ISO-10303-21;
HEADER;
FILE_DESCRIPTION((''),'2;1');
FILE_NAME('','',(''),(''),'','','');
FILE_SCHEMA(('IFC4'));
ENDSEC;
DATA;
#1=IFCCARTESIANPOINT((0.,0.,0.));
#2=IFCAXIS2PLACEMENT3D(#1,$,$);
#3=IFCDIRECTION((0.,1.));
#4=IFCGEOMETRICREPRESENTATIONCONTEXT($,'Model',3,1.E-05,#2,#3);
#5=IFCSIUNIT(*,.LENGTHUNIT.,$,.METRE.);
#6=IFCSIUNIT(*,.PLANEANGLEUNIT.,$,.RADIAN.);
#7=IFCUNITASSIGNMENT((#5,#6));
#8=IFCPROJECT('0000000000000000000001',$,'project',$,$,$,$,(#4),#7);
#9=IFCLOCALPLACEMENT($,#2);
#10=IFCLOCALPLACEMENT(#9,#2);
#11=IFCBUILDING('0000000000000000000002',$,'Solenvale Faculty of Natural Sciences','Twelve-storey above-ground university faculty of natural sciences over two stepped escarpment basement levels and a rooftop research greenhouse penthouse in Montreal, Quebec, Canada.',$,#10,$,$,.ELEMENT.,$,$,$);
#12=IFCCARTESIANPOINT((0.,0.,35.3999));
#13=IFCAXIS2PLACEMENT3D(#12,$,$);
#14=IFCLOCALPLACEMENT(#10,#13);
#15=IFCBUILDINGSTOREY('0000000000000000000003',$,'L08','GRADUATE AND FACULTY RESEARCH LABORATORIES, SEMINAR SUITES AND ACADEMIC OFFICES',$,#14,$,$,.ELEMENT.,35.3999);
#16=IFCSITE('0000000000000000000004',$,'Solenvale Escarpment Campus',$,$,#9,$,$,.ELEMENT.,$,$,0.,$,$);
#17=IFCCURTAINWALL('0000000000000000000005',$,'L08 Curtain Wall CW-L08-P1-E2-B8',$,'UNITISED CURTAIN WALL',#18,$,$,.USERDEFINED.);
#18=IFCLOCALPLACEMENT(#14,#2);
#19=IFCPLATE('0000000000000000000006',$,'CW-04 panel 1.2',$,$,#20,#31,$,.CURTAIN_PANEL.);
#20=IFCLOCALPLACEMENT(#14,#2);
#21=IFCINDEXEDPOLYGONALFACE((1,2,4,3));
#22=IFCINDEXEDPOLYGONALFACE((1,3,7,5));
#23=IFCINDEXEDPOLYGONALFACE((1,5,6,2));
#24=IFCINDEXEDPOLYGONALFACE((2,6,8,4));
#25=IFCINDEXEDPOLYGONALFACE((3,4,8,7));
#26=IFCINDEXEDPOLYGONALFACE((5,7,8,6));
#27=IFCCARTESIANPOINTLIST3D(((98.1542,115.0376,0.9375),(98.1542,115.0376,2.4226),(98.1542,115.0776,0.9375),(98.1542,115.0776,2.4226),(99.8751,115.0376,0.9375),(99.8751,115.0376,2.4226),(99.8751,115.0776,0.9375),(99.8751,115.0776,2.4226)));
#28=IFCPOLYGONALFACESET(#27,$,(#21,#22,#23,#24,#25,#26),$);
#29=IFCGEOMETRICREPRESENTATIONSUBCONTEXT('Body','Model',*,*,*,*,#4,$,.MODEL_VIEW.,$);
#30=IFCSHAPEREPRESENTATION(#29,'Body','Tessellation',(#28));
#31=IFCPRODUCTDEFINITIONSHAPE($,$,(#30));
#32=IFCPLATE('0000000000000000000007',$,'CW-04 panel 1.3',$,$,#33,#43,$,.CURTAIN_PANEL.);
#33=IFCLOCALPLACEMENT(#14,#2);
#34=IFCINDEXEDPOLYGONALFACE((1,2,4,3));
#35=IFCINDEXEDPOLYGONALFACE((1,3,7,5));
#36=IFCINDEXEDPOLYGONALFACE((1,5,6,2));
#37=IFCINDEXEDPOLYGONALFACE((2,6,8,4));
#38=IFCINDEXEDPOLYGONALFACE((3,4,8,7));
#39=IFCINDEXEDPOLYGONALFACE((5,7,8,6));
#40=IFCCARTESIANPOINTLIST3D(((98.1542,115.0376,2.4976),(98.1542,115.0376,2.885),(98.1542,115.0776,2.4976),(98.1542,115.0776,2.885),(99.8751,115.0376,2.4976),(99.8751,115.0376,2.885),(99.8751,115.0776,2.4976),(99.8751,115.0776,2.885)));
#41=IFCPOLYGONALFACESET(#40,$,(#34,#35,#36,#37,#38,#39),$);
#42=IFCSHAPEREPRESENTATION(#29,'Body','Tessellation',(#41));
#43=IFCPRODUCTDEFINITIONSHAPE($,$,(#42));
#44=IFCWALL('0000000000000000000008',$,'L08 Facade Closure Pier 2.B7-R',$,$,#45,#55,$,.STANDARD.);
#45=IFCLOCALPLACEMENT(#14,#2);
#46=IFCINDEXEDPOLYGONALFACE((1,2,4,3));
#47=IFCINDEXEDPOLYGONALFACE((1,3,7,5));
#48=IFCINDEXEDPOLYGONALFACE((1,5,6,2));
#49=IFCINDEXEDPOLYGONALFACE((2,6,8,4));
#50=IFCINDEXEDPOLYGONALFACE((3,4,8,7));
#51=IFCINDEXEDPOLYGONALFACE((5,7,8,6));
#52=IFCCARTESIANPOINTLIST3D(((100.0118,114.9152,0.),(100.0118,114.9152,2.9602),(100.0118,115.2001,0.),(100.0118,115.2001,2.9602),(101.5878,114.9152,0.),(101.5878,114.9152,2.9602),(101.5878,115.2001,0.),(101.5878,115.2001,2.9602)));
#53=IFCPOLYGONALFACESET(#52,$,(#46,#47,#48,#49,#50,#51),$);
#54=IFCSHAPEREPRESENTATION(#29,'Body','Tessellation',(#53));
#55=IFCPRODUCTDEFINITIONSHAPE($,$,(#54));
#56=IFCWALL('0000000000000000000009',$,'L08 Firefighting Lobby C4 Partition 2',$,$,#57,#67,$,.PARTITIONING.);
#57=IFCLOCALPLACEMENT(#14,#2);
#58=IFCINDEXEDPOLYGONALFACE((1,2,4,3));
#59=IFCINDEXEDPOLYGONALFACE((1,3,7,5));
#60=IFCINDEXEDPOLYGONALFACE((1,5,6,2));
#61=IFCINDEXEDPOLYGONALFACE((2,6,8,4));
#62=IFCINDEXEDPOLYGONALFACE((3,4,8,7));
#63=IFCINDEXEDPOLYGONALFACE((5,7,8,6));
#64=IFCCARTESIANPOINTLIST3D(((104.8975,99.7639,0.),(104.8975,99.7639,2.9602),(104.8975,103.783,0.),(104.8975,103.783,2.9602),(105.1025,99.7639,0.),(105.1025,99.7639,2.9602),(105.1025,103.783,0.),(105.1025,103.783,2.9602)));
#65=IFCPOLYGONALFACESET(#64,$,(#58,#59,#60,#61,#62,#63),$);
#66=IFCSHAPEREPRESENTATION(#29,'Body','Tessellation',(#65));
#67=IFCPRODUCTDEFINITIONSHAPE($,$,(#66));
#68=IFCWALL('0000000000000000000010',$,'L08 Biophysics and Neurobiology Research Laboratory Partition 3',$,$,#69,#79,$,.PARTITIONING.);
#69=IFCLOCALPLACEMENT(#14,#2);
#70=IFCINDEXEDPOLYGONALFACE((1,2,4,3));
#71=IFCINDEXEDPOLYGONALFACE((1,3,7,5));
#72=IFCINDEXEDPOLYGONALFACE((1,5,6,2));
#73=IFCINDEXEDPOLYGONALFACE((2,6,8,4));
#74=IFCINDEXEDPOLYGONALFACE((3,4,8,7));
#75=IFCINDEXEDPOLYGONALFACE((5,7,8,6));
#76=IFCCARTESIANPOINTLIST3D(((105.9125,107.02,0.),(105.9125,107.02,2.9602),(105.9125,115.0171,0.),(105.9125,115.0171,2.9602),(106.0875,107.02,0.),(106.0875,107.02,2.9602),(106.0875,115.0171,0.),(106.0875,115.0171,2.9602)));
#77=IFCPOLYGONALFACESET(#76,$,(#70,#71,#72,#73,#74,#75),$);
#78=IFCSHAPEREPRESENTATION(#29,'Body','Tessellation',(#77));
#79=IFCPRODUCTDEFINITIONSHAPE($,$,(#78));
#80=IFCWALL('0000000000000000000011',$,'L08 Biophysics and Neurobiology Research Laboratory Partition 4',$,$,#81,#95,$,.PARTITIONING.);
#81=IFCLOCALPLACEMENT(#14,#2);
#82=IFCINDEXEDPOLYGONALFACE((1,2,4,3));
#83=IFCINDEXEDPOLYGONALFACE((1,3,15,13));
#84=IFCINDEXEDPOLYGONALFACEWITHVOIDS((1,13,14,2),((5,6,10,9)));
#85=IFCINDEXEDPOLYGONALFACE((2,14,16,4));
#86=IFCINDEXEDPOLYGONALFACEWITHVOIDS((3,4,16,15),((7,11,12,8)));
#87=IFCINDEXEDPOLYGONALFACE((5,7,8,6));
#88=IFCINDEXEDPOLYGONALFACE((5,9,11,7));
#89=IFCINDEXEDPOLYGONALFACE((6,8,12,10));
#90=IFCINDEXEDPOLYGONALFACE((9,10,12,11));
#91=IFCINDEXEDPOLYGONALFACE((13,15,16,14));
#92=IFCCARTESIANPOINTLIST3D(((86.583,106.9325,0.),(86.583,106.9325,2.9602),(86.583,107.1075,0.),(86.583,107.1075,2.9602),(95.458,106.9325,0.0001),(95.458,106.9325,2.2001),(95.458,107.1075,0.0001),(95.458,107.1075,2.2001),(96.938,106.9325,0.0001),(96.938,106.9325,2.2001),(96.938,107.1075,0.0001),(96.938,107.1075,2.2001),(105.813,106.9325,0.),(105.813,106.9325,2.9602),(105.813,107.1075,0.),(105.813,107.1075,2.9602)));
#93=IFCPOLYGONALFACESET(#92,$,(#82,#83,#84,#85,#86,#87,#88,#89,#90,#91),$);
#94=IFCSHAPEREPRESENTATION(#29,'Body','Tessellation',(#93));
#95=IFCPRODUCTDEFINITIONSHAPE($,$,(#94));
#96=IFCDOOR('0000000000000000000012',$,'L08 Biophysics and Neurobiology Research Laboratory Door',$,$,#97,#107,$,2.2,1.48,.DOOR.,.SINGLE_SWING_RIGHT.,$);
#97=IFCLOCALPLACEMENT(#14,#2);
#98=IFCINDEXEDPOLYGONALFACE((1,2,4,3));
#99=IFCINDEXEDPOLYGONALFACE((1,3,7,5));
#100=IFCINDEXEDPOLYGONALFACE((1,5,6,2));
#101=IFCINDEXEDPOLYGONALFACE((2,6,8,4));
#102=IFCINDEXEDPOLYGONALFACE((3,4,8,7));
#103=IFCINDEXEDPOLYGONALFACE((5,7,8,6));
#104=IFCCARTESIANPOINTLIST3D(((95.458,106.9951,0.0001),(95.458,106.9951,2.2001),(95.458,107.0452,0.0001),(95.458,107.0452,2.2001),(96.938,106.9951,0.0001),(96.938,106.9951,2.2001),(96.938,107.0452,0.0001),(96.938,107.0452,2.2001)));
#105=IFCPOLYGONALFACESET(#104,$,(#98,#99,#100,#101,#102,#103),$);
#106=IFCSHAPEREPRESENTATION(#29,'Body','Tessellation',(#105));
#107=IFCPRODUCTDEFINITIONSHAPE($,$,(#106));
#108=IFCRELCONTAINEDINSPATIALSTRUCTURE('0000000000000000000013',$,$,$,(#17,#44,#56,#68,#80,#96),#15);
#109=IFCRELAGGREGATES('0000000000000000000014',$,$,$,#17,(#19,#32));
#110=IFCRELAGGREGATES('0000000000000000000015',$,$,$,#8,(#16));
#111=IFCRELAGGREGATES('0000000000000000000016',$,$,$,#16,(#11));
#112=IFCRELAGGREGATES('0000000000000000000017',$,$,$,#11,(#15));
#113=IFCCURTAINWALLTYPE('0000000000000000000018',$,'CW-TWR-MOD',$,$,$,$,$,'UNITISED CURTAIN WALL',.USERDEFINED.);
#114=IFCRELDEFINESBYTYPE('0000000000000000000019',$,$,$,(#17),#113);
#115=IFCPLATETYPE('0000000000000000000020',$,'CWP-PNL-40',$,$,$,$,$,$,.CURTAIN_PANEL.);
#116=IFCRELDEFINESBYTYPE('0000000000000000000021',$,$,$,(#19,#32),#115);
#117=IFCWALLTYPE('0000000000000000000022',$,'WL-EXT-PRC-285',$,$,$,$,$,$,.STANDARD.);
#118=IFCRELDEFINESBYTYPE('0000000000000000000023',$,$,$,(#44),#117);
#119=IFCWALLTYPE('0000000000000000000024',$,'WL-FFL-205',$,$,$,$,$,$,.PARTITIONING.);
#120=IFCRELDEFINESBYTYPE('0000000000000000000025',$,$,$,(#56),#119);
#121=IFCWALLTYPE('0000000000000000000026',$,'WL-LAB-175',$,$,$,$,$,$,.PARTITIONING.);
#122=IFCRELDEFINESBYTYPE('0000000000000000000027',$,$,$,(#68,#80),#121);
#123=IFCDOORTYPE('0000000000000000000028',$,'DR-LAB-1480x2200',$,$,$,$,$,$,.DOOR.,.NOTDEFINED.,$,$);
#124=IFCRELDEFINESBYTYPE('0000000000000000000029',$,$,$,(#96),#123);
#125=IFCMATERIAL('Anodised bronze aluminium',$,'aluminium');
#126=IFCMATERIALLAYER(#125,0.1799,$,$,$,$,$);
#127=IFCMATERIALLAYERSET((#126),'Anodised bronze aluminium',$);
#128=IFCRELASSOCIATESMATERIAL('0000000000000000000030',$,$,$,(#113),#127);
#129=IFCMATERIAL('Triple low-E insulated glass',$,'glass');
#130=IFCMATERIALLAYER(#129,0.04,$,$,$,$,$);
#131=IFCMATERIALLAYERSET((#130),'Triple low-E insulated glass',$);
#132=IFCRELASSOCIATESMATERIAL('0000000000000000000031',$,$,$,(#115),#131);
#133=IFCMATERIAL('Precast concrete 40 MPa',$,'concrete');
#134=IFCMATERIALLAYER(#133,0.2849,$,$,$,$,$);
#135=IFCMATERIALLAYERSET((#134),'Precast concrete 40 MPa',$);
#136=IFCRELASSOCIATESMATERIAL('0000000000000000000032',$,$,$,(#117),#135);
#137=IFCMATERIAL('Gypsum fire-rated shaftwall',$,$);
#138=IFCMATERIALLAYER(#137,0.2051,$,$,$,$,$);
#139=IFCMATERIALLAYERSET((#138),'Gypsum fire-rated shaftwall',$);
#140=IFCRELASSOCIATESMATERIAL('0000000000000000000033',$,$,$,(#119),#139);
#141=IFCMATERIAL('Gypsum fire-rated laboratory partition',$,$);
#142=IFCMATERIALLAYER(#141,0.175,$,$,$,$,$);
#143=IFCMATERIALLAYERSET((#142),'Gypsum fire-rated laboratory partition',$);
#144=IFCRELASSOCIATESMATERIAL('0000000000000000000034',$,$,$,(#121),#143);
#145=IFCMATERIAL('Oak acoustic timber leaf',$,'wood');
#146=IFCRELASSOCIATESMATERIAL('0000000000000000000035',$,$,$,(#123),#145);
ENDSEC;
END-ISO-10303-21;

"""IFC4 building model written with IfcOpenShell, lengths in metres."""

from ifc_helpers import new_model, si_unit, direction, frame, frame_2d, origin, origin_2d, place, context, subcontext, project, spatial, rectangle, extrude, material, layer, layer_set, type_object, element, fill, aggregate, save


model = new_model("IFC4")

# Units and contexts
model_context = context("Model", 3, precision=1e-05, world=origin(), true_north=direction((0.0, 1.0)))
body_context = subcontext(model_context, "Body", "Model", "MODEL_VIEW")
ifc_project = project(units=[si_unit("LENGTHUNIT", "METRE"), si_unit("PLANEANGLEUNIT", "RADIAN")], contexts=[model_context])

# Site, building, storey
site_placement = place(None, origin())
site = spatial("IfcSite", under=ifc_project, at=site_placement, Name="Solenvale Escarpment Campus", CompositionType="ELEMENT", RefElevation=0.0)
building_placement = place(site_placement, origin())
building = spatial("IfcBuilding", under=site, at=building_placement, Name="Solenvale Faculty of Natural Sciences", Description="Twelve-storey above-ground university faculty of natural sciences over two stepped escarpment basement levels and a rooftop research greenhouse penthouse in Montreal, Quebec, Canada.", CompositionType="ELEMENT")
storey_placement = place(building_placement, frame((0.0, 0.0, 35.3999)))
storey = spatial("IfcBuildingStorey", under=building, at=storey_placement, Name="L08", Description="GRADUATE AND FACULTY RESEARCH LABORATORIES, SEMINAR SUITES AND ACADEMIC OFFICES", CompositionType="ELEMENT", Elevation=35.3999)

# Shared definitions
ifc_material_1 = material(Name="Anodised bronze aluminium", Category="aluminium")
ifc_layer_1 = layer(ifc_material_1, 0.1799)
ifc_layer_set_1 = layer_set([ifc_layer_1], Name="Anodised bronze aluminium")
curtain_wall_type = type_object("IfcCurtainWallType", Name="CW-TWR-MOD", ElementType="UNITISED CURTAIN WALL", PredefinedType="USERDEFINED", material=ifc_layer_set_1)

# Curtain wall, plates
curtain_wall_1_placement = place(storey_placement, origin())
curtain_wall_1 = element("IfcCurtainWall", 1, at=curtain_wall_1_placement, inside=storey, type_object=curtain_wall_type, Name="L08 Curtain Wall CW-L08-P1-E2-B8", ObjectType="UNITISED CURTAIN WALL", PredefinedType="USERDEFINED")
ifc_material_2 = material(Name="Triple low-E insulated glass", Category="glass")
ifc_layer_2 = layer(ifc_material_2, 0.04)
ifc_layer_set_2 = layer_set([ifc_layer_2], Name="Triple low-E insulated glass")
plate_type = type_object("IfcPlateType", Name="CWP-PNL-40", PredefinedType="CURTAIN_PANEL", material=ifc_layer_set_2)
plate_1_placement = place(storey_placement, frame((99.0146, 115.0576, 0.9375), z_axis=(0.0, 0.0, 1.0), x_axis=(-1.0, 0.0, 0.0)))
plate_1 = element("IfcPlate", 2, at=plate_1_placement, type_object=plate_type, Name="CW-04 panel 1.2", PredefinedType="CURTAIN_PANEL", context=body_context, shape_type="SweptSolid", body=[
    extrude(rectangle(XDim=1.7209, YDim=0.04, at=origin_2d()), origin(), (0.0, 0.0, 1.0), 1.4851),
])
plate_2_placement = place(storey_placement, frame((99.0146, 115.0576, 2.4976), z_axis=(0.0, 0.0, 1.0), x_axis=(-1.0, 0.0, 0.0)))
plate_2 = element("IfcPlate", 3, at=plate_2_placement, type_object=plate_type, Name="CW-04 panel 1.3", PredefinedType="CURTAIN_PANEL", context=body_context, shape_type="SweptSolid", body=[
    extrude(rectangle(XDim=1.7209, YDim=0.04, at=origin_2d()), origin(), (0.0, 0.0, 1.0), 0.3875),
])
aggregate(curtain_wall_1, [plate_1, plate_2])

# Wall
ifc_material_3 = material(Name="Precast concrete 40 MPa", Category="concrete")
ifc_layer_3 = layer(ifc_material_3, 0.2849)
ifc_layer_set_3 = layer_set([ifc_layer_3], Name="Precast concrete 40 MPa")
wall_type_1 = type_object("IfcWallType", Name="WL-EXT-PRC-285", PredefinedType="STANDARD", material=ifc_layer_set_3)
wall_1_placement = place(storey_placement, frame((101.5879, 115.0576, 0.0), z_axis=(0.0, 0.0, 1.0), x_axis=(-1.0, 0.0, 0.0)))
element("IfcWall", 4, at=wall_1_placement, inside=storey, type_object=wall_type_1, Name="L08 Facade Closure Pier 2.B7-R", PredefinedType="STANDARD", context=body_context, shape_type="SweptSolid", body=[
    extrude(rectangle(XDim=1.5759, YDim=0.2849, at=frame_2d((0.7881, 0.0))), origin(), (0.0, 0.0, 1.0), 2.9602),
])

# Shared definitions
ifc_material_4 = material(Name="Gypsum fire-rated shaftwall")
ifc_layer_4 = layer(ifc_material_4, 0.2051)
ifc_layer_set_4 = layer_set([ifc_layer_4], Name="Gypsum fire-rated shaftwall")
wall_type_2 = type_object("IfcWallType", Name="WL-FFL-205", PredefinedType="PARTITIONING", material=ifc_layer_set_4)

# Walls
wall_2_placement = place(storey_placement, frame((105.0, 103.783, 0.0), z_axis=(0.0, 0.0, 1.0), x_axis=(0.0, -1.0, 0.0)))
element("IfcWall", 5, at=wall_2_placement, inside=storey, type_object=wall_type_2, Name="L08 Firefighting Lobby C4 Partition 2", PredefinedType="PARTITIONING", context=body_context, shape_type="SweptSolid", body=[
    extrude(rectangle(XDim=4.019, YDim=0.2051, at=frame_2d((2.0095, 0.0))), origin(), (0.0, 0.0, 1.0), 2.9602),
])
ifc_material_5 = material(Name="Gypsum fire-rated laboratory partition")
ifc_layer_5 = layer(ifc_material_5, 0.175)
ifc_layer_set_5 = layer_set([ifc_layer_5], Name="Gypsum fire-rated laboratory partition")
wall_type_3 = type_object("IfcWallType", Name="WL-LAB-175", PredefinedType="PARTITIONING", material=ifc_layer_set_5)
wall_3_placement = place(storey_placement, frame((106.0, 115.0171, 0.0), z_axis=(0.0, 0.0, 1.0), x_axis=(0.0, -1.0, 0.0)))
element("IfcWall", 6, at=wall_3_placement, inside=storey, type_object=wall_type_3, Name="L08 Biophysics and Neurobiology Research Laboratory Partition 3", PredefinedType="PARTITIONING", context=body_context, shape_type="SweptSolid", body=[
    extrude(rectangle(XDim=7.9971, YDim=0.175, at=frame_2d((3.9985, 0.0))), origin(), (0.0, 0.0, 1.0), 2.9602),
])

# Wall, opening, door
wall_4_placement = place(storey_placement, frame((105.813, 107.02, 0.0), z_axis=(0.0, 0.0, 1.0), x_axis=(-1.0, 0.0, 0.0)))
wall_4 = element("IfcWall", 7, at=wall_4_placement, inside=storey, type_object=wall_type_3, Name="L08 Biophysics and Neurobiology Research Laboratory Partition 4", PredefinedType="PARTITIONING", context=body_context, shape_type="SweptSolid", body=[
    extrude(rectangle(XDim=19.23, YDim=0.175, at=frame_2d((9.615, 0.0))), origin(), (0.0, 0.0, 1.0), 2.9602),
])
opening_1_placement = place(wall_4_placement, frame((8.875, 0.0, 0.0)))
opening_1 = element("IfcOpeningElement", 8, at=opening_1_placement, cuts=wall_4, PredefinedType="OPENING", context=body_context, shape_type="SweptSolid", body=[
    extrude(rectangle(XDim=1.48, YDim=2.2, at=frame_2d((0.74, 1.1001))), frame((0.0, 0.0974, 0.0), z_axis=(0.0, -1.0, 0.0), x_axis=(1.0, 0.0, 0.0)), (0.0, 0.0, 1.0), 0.1951),
])
ifc_material_6 = material(Name="Oak acoustic timber leaf", Category="wood")
door_type_1 = type_object("IfcDoorType", Name="DR-LAB-1480x2200", OperationType="NOTDEFINED", PredefinedType="DOOR", material=ifc_material_6)
door_1_placement = place(opening_1_placement, origin())
door_1 = element("IfcDoor", 9, at=door_1_placement, inside=storey, type_object=door_type_1, Name="L08 Biophysics and Neurobiology Research Laboratory Door", OperationType="SINGLE_SWING_RIGHT", OverallHeight=2.2, OverallWidth=1.48, PredefinedType="DOOR", context=body_context, shape_type="SweptSolid", body=[
    extrude(rectangle(XDim=1.48, YDim=2.2, at=frame_2d((0.74, 1.1001))), frame((0.0, 0.0249, 0.0), z_axis=(0.0, -1.0, 0.0), x_axis=(1.0, 0.0, 0.0)), (0.0, 0.0, 1.0), 0.05),
])
fill(opening_1, door_1)

save(model, "model.ifc")
